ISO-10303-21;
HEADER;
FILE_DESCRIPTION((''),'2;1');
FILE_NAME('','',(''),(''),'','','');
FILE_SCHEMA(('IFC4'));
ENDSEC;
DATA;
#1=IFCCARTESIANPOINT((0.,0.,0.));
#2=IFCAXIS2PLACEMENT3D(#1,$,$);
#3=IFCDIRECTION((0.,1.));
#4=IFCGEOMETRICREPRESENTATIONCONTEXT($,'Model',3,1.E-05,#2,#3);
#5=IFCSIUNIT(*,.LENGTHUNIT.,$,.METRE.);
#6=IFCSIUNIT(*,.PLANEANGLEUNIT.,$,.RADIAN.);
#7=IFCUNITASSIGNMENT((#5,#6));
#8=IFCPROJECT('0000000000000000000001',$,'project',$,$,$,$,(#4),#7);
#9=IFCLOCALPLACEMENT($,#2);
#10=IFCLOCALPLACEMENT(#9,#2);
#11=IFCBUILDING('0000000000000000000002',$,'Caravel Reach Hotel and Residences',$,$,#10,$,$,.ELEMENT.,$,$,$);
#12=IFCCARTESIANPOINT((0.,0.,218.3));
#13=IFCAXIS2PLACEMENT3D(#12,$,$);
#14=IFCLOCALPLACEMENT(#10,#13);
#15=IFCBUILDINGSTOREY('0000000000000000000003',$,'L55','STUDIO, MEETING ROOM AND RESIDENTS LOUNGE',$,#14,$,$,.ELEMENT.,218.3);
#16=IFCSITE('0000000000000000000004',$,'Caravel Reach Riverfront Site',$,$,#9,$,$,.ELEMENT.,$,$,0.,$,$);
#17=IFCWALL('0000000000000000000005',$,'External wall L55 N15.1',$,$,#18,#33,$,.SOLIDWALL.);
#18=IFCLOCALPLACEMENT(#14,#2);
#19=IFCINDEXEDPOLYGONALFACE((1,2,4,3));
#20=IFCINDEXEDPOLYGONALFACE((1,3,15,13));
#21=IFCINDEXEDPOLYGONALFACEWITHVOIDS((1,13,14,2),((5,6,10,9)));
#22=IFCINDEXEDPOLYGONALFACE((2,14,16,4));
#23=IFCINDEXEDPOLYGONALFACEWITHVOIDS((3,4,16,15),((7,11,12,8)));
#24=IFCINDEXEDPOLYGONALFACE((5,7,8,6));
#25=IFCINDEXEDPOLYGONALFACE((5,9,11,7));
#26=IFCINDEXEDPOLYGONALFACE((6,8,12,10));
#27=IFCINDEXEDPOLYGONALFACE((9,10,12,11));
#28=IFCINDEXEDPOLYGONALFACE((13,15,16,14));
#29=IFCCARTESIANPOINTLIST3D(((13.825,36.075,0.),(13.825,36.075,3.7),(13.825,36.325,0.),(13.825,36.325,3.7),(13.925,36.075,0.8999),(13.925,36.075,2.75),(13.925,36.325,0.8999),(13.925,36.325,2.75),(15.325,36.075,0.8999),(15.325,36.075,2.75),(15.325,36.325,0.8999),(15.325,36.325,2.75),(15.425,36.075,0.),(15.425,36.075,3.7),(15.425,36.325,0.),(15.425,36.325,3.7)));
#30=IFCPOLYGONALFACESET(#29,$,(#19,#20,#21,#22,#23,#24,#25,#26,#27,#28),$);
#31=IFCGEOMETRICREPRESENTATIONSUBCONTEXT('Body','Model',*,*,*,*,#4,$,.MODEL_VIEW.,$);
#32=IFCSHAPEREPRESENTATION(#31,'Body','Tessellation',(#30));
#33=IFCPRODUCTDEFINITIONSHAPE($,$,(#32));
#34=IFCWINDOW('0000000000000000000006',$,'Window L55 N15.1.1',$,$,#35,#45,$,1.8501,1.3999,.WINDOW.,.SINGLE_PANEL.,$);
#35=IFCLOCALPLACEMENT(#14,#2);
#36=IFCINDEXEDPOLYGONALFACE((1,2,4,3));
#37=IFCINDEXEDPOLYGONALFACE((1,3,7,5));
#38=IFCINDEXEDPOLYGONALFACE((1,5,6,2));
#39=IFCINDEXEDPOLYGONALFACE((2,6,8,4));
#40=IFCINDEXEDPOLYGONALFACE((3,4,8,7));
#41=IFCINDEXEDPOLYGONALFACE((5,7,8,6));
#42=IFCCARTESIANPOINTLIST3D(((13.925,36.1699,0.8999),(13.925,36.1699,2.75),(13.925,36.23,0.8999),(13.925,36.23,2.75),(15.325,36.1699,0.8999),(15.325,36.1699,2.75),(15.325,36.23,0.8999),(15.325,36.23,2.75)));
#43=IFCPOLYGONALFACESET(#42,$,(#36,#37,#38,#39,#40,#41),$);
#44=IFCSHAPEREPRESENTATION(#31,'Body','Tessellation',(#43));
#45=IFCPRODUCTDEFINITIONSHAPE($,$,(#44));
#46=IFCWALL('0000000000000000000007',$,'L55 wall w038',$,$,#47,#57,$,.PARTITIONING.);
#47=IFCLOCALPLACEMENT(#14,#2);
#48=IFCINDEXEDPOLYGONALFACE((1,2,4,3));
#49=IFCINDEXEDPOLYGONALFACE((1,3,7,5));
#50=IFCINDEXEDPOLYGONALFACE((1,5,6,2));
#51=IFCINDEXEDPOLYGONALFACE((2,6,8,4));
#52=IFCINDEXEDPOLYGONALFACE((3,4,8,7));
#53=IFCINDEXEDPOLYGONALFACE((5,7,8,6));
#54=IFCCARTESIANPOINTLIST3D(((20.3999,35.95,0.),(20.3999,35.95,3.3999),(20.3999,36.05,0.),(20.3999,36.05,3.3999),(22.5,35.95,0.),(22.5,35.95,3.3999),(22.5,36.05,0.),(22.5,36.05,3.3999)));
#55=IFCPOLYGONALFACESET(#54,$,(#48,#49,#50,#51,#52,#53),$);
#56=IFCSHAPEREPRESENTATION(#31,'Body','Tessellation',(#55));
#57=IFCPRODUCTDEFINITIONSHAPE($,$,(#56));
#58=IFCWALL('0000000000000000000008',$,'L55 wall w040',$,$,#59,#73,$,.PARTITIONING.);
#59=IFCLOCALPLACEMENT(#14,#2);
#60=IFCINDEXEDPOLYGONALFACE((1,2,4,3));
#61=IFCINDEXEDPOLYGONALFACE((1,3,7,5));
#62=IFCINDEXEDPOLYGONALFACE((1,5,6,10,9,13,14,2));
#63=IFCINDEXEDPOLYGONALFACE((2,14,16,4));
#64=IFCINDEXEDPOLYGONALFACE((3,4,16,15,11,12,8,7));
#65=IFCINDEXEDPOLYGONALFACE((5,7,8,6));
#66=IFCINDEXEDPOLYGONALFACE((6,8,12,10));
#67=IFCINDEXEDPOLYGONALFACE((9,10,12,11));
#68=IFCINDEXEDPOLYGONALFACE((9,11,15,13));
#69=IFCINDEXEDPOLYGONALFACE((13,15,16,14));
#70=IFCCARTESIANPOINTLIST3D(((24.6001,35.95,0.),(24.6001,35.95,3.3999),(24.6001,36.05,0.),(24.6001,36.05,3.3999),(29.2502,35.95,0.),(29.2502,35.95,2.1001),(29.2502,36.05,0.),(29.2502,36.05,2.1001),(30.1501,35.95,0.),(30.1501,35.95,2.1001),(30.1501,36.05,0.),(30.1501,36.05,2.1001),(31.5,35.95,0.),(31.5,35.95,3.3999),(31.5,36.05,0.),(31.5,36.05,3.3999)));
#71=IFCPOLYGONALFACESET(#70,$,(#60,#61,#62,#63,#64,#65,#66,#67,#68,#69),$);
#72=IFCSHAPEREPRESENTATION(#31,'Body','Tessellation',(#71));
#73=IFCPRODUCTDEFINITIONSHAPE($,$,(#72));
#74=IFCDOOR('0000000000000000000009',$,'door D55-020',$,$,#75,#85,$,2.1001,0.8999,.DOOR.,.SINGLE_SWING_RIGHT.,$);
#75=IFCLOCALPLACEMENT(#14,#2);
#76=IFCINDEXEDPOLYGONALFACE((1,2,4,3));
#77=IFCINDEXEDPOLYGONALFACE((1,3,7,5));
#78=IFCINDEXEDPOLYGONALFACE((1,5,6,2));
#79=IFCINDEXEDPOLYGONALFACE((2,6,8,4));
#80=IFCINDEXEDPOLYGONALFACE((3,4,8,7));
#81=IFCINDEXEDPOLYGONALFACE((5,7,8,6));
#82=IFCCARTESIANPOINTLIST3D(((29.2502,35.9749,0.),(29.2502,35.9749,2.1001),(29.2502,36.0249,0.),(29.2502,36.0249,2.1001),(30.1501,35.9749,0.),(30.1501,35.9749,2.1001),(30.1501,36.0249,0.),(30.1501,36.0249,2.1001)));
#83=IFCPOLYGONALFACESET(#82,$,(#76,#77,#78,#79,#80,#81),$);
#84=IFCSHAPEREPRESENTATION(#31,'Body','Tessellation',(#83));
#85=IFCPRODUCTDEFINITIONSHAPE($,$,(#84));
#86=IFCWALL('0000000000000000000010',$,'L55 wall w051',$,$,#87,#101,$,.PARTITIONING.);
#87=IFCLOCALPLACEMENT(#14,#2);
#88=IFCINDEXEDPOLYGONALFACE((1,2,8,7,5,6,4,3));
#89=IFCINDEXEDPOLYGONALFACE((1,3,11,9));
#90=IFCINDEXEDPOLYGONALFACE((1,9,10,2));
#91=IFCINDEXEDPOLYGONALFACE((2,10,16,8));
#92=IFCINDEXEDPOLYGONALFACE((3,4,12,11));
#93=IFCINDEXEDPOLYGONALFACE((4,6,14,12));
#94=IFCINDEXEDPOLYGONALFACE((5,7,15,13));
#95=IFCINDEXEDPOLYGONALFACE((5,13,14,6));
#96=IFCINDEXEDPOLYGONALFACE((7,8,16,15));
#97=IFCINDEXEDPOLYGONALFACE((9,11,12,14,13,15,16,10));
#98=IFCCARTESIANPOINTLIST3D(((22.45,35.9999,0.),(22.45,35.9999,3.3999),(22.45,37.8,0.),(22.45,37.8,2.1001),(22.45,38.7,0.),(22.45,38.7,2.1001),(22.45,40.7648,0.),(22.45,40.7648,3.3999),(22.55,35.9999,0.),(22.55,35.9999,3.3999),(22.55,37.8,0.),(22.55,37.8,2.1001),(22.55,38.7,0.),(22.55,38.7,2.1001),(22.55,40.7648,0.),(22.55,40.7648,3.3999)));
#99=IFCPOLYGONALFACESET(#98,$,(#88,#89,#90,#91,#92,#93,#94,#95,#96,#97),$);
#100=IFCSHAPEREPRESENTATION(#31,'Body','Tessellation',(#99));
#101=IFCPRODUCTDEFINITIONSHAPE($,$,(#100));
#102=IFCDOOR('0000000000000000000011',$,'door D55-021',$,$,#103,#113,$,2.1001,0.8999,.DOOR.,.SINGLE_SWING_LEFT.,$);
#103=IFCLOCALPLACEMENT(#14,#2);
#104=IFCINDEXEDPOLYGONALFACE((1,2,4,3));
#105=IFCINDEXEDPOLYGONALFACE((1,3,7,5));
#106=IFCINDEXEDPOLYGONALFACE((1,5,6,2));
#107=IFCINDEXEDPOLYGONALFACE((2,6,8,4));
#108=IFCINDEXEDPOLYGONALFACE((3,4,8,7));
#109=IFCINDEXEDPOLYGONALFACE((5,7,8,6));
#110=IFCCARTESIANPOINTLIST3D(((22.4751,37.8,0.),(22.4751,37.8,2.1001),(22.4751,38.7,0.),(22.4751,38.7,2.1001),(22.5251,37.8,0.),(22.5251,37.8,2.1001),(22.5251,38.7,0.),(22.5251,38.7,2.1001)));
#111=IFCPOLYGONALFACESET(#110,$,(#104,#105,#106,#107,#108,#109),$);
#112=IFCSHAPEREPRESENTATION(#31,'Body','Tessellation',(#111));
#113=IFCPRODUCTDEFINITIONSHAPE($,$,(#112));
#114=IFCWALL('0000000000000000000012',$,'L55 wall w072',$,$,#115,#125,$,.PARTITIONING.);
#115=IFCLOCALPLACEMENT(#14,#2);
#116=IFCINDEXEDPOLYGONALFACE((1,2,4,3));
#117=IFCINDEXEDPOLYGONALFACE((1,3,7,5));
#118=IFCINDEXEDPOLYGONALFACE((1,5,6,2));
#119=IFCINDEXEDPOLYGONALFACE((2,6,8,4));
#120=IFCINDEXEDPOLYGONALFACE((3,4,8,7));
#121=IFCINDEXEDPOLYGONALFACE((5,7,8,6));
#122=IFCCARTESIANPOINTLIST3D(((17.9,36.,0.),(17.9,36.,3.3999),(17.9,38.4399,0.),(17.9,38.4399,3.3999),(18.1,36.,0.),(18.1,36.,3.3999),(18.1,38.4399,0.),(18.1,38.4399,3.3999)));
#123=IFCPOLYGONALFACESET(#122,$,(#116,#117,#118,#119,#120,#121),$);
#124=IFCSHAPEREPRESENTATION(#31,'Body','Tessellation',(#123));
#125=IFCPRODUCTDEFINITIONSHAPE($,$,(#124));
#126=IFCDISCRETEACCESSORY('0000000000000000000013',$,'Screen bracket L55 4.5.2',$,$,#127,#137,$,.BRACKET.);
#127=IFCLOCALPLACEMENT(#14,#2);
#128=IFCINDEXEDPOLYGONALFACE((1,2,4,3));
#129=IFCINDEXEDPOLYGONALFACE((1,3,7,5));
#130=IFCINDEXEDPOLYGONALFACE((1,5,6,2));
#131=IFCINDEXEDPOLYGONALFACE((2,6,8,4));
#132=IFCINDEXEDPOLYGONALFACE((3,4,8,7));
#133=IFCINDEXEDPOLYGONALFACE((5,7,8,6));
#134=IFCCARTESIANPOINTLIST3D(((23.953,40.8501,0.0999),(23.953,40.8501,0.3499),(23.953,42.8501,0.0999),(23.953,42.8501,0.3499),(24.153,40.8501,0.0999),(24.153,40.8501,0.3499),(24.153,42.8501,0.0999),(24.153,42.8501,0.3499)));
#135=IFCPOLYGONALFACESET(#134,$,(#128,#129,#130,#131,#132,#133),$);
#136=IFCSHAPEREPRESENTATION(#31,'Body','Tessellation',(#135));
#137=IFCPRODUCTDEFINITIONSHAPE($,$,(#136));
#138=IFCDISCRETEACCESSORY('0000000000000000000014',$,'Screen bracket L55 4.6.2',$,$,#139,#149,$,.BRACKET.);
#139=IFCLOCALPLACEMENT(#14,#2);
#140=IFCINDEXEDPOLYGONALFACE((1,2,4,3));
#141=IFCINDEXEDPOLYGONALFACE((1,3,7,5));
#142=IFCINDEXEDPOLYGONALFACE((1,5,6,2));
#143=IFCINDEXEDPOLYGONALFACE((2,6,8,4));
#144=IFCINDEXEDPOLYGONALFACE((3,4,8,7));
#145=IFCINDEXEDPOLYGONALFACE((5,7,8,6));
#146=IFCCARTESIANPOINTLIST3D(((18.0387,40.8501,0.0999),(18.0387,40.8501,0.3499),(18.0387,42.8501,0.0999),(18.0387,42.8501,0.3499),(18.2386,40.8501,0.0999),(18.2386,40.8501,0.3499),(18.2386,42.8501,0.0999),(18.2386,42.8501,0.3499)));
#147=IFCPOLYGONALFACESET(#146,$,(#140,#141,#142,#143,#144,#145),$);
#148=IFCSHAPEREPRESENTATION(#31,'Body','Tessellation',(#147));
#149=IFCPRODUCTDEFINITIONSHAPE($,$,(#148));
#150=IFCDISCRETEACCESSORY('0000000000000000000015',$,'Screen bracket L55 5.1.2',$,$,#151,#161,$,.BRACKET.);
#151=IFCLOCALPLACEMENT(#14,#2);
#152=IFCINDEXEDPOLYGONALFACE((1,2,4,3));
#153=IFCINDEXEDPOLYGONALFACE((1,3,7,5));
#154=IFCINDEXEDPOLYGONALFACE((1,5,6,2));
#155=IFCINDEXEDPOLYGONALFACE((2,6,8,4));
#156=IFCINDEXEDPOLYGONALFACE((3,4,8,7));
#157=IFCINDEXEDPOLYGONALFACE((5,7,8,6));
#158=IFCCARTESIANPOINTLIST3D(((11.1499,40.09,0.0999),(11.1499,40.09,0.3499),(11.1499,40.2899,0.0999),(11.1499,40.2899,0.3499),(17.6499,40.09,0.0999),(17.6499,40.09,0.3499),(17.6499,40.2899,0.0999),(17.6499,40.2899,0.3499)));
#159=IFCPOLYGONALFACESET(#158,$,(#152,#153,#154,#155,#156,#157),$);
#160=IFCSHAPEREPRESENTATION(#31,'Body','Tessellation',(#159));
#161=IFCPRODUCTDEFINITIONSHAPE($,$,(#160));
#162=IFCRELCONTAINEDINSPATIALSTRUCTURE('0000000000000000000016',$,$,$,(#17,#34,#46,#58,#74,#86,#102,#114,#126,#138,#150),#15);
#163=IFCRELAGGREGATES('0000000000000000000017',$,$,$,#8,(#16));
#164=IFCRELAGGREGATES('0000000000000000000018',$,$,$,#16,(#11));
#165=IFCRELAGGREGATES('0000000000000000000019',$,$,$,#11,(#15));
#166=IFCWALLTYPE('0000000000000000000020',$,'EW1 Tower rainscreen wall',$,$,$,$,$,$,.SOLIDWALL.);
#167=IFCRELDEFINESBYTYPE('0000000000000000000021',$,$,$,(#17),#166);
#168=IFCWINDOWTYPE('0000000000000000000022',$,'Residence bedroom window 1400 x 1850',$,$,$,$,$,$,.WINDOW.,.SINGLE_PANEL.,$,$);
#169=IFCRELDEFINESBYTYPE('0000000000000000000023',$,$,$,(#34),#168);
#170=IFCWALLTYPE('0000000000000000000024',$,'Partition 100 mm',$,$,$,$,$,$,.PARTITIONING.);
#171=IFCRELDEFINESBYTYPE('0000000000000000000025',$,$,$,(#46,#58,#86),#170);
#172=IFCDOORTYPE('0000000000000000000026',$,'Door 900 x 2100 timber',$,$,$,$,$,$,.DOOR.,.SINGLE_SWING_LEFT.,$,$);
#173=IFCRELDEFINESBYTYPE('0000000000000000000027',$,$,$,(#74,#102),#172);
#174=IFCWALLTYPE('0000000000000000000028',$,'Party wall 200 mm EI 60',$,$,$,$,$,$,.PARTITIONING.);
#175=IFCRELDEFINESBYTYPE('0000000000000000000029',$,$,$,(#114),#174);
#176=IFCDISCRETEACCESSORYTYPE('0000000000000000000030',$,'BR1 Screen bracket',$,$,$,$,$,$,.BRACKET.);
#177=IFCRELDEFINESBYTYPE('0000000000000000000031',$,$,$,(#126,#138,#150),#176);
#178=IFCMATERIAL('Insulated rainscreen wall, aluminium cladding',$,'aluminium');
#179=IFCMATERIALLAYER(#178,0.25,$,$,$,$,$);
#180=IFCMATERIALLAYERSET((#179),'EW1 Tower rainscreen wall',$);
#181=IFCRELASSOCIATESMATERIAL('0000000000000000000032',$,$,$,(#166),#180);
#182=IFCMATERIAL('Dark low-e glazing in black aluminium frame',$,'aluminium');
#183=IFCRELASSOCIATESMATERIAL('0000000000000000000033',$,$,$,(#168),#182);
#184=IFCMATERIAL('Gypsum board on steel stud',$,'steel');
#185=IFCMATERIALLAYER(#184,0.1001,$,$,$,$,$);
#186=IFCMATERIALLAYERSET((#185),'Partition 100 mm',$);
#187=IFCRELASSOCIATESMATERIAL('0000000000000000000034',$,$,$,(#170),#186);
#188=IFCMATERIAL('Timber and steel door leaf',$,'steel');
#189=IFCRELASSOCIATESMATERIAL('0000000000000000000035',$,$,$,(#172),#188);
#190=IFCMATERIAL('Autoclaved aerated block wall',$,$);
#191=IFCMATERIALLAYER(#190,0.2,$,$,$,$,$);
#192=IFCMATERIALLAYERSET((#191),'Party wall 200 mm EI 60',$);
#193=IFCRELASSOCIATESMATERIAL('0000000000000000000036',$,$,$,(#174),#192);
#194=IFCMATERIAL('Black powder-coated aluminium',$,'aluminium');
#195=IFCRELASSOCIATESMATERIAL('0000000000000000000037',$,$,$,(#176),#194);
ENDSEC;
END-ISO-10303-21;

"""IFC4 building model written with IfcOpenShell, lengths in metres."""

from ifc_helpers import new_model, si_unit, direction, frame, frame_2d, origin, origin_2d, place, context, subcontext, project, spatial, rectangle, extrude, material, layer, layer_set, type_object, element, fill, save


model = new_model("IFC4")

# Units and contexts
model_context = context("Model", 3, precision=1e-05, world=origin(), true_north=direction((0.0, 1.0)))
body_context = subcontext(model_context, "Body", "Model", "MODEL_VIEW")
ifc_project = project(units=[si_unit("LENGTHUNIT", "METRE"), si_unit("PLANEANGLEUNIT", "RADIAN")], contexts=[model_context])

# Site, building, storey
site_placement = place(None, origin())
site = spatial("IfcSite", under=ifc_project, at=site_placement, Name="Caravel Reach Riverfront Site", CompositionType="ELEMENT", RefElevation=0.0)
building_placement = place(site_placement, origin())
building = spatial("IfcBuilding", under=site, at=building_placement, Name="Caravel Reach Hotel and Residences", CompositionType="ELEMENT")
storey_placement = place(building_placement, frame((0.0, 0.0, 218.3)))
storey = spatial("IfcBuildingStorey", under=building, at=storey_placement, Name="L55", Description="STUDIO, MEETING ROOM AND RESIDENTS LOUNGE", CompositionType="ELEMENT", Elevation=218.3)

# Wall, opening, window
ifc_material_1 = material(Name="Insulated rainscreen wall, aluminium cladding", Category="aluminium")
ifc_layer_1 = layer(ifc_material_1, 0.25)
ifc_layer_set_1 = layer_set([ifc_layer_1], Name="EW1 Tower rainscreen wall")
wall_type_1 = type_object("IfcWallType", Name="EW1 Tower rainscreen wall", PredefinedType="SOLIDWALL", material=ifc_layer_set_1)
ifc_material_2 = material(Name="Dark low-e glazing in black aluminium frame", Category="aluminium")
window_type = type_object("IfcWindowType", Name="Residence bedroom window 1400 x 1850", PartitioningType="SINGLE_PANEL", PredefinedType="WINDOW", material=ifc_material_2)
wall_1_placement = place(storey_placement, frame((15.425, 36.2, 0.0), z_axis=(0.0, 0.0, 1.0), x_axis=(-1.0, 0.0, 0.0)))
wall_1 = element("IfcWall", 1, at=wall_1_placement, inside=storey, type_object=wall_type_1, Name="External wall L55 N15.1", PredefinedType="SOLIDWALL", context=body_context, shape_type="SweptSolid", body=[
    extrude(rectangle(XDim=1.6001, YDim=0.25, at=frame_2d((0.8, 0.0))), origin(), (0.0, 0.0, 1.0), 3.7),
])
opening_1_placement = place(wall_1_placement, frame((0.1001, 0.0, 0.8999)))
opening_1 = element("IfcOpeningElement", 2, at=opening_1_placement, cuts=wall_1, PredefinedType="OPENING", context=body_context, shape_type="SweptSolid", body=[
    extrude(rectangle(XDim=1.3999, YDim=1.8501, at=frame_2d((0.7, 0.925))), frame((0.0, 0.135, 0.0), z_axis=(0.0, -1.0, 0.0), x_axis=(1.0, 0.0, 0.0)), (0.0, 0.0, 1.0), 0.27),
])
window_1_placement = place(opening_1_placement, origin())
window_1 = element("IfcWindow", 3, at=window_1_placement, inside=storey, type_object=window_type, Name="Window L55 N15.1.1", OverallHeight=1.8501, OverallWidth=1.3999, PartitioningType="SINGLE_PANEL", PredefinedType="WINDOW", context=body_context, shape_type="SweptSolid", body=[
    extrude(rectangle(XDim=1.3999, YDim=1.8501, at=frame_2d((0.7, 0.925))), frame((0.0, 0.03, 0.0), z_axis=(0.0, -1.0, 0.0), x_axis=(1.0, 0.0, 0.0)), (0.0, 0.0, 1.0), 0.0601),
])
fill(opening_1, window_1)

# Wall
ifc_material_3 = material(Name="Gypsum board on steel stud", Category="steel")
ifc_layer_2 = layer(ifc_material_3, 0.1001)
ifc_layer_set_2 = layer_set([ifc_layer_2], Name="Partition 100 mm")
wall_type_2 = type_object("IfcWallType", Name="Partition 100 mm", PredefinedType="PARTITIONING", material=ifc_layer_set_2)
wall_2_placement = place(storey_placement, frame((20.3999, 36.0, 0.0), z_axis=(0.0, 0.0, 1.0), x_axis=(1.0, 0.0, 0.0)))
element("IfcWall", 4, at=wall_2_placement, inside=storey, type_object=wall_type_2, Name="L55 wall w038", PredefinedType="PARTITIONING", context=body_context, shape_type="SweptSolid", body=[
    extrude(rectangle(XDim=2.1001, YDim=0.1001, at=frame_2d((1.05, 0.0))), origin(), (0.0, 0.0, 1.0), 3.3999),
])

# Walls, openings, doors
wall_3_placement = place(storey_placement, frame((24.6001, 36.0, 0.0), z_axis=(0.0, 0.0, 1.0), x_axis=(1.0, 0.0, 0.0)))
wall_3 = element("IfcWall", 5, at=wall_3_placement, inside=storey, type_object=wall_type_2, Name="L55 wall w040", PredefinedType="PARTITIONING", context=body_context, shape_type="SweptSolid", body=[
    extrude(rectangle(XDim=6.8999, YDim=0.1001, at=frame_2d((3.45, 0.0))), origin(), (0.0, 0.0, 1.0), 3.3999),
])
opening_2_placement = place(wall_3_placement, frame((4.6501, 0.0, 0.0)))
opening_2 = element("IfcOpeningElement", 6, at=opening_2_placement, cuts=wall_3, PredefinedType="OPENING", context=body_context, shape_type="SweptSolid", body=[
    extrude(rectangle(XDim=0.8999, YDim=2.1001, at=frame_2d((0.45, 1.05))), frame((0.0, 0.0601, 0.0), z_axis=(0.0, -1.0, 0.0), x_axis=(1.0, 0.0, 0.0)), (0.0, 0.0, 1.0), 0.1201),
])
ifc_material_4 = material(Name="Timber and steel door leaf", Category="steel")
door_type = type_object("IfcDoorType", Name="Door 900 x 2100 timber", OperationType="SINGLE_SWING_LEFT", PredefinedType="DOOR", material=ifc_material_4)
door_1_placement = place(opening_2_placement, origin())
door_1 = element("IfcDoor", 7, at=door_1_placement, inside=storey, type_object=door_type, Name="door D55-020", OperationType="SINGLE_SWING_RIGHT", OverallHeight=2.1001, OverallWidth=0.8999, PredefinedType="DOOR", context=body_context, shape_type="SweptSolid", body=[
    extrude(rectangle(XDim=0.8999, YDim=2.1001, at=frame_2d((0.45, 1.05))), frame((0.0, 0.0249, 0.0), z_axis=(0.0, -1.0, 0.0), x_axis=(1.0, 0.0, 0.0)), (0.0, 0.0, 1.0), 0.05),
])
fill(opening_2, door_1)
wall_4_placement = place(storey_placement, frame((22.5, 36.0, 0.0), z_axis=(0.0, 0.0, 1.0), x_axis=(0.0, 1.0, 0.0)))
wall_4 = element("IfcWall", 8, at=wall_4_placement, inside=storey, type_object=wall_type_2, Name="L55 wall w051", PredefinedType="PARTITIONING", context=body_context, shape_type="SweptSolid", body=[
    extrude(rectangle(XDim=4.7649, YDim=0.1001, at=frame_2d((2.3823, 0.0))), origin(), (0.0, 0.0, 1.0), 3.3999),
])
opening_3_placement = place(wall_4_placement, frame((1.8, 0.0, 0.0)))
opening_3 = element("IfcOpeningElement", 9, at=opening_3_placement, cuts=wall_4, PredefinedType="OPENING", context=body_context, shape_type="SweptSolid", body=[
    extrude(rectangle(XDim=0.8999, YDim=2.1001, at=frame_2d((0.45, 1.05))), frame((0.0, 0.0601, 0.0), z_axis=(0.0, -1.0, 0.0), x_axis=(1.0, 0.0, 0.0)), (0.0, 0.0, 1.0), 0.1201),
])
door_2_placement = place(opening_3_placement, origin())
door_2 = element("IfcDoor", 10, at=door_2_placement, inside=storey, type_object=door_type, Name="door D55-021", OperationType="SINGLE_SWING_LEFT", OverallHeight=2.1001, OverallWidth=0.8999, PredefinedType="DOOR", context=body_context, shape_type="SweptSolid", body=[
    extrude(rectangle(XDim=0.8999, YDim=2.1001, at=frame_2d((0.45, 1.05))), frame((0.0, 0.0249, 0.0), z_axis=(0.0, -1.0, 0.0), x_axis=(1.0, 0.0, 0.0)), (0.0, 0.0, 1.0), 0.05),
])
fill(opening_3, door_2)

# Wall
ifc_material_5 = material(Name="Autoclaved aerated block wall")
ifc_layer_3 = layer(ifc_material_5, 0.2)
ifc_layer_set_3 = layer_set([ifc_layer_3], Name="Party wall 200 mm EI 60")
wall_type_3 = type_object("IfcWallType", Name="Party wall 200 mm EI 60", PredefinedType="PARTITIONING", material=ifc_layer_set_3)
wall_5_placement = place(storey_placement, frame((18.0, 36.0, 0.0), z_axis=(0.0, 0.0, 1.0), x_axis=(0.0, 1.0, 0.0)))
element("IfcWall", 11, at=wall_5_placement, inside=storey, type_object=wall_type_3, Name="L55 wall w072", PredefinedType="PARTITIONING", context=body_context, shape_type="SweptSolid", body=[
    extrude(rectangle(XDim=2.4399, YDim=0.2, at=frame_2d((1.22, 0.0))), origin(), (0.0, 0.0, 1.0), 3.3999),
])

# Discrete accessories
ifc_material_6 = material(Name="Black powder-coated aluminium", Category="aluminium")
discrete_accessory_type = type_object("IfcDiscreteAccessoryType", Name="BR1 Screen bracket", PredefinedType="BRACKET", material=ifc_material_6)
for number, where, z_axis, x_axis, name in (
    (12, (24.053, 41.8501, 0.0999), (0.0, 0.0, 1.0), (0.0, 1.0, 0.0), "Screen bracket L55 4.5.2"),
    (13, (18.1387, 41.8501, 0.0999), (0.0, 0.0, 1.0), (0.0, 1.0, 0.0), "Screen bracket L55 4.6.2"),
):
    element("IfcDiscreteAccessory", number, at=place(storey_placement, frame(where, z_axis=z_axis, x_axis=x_axis)), inside=storey, type_object=discrete_accessory_type, Name=name, PredefinedType="BRACKET", context=body_context, shape_type="SweptSolid", body=[
        extrude(rectangle(XDim=2.0, YDim=0.2, at=origin_2d()), origin(), (0.0, 0.0, 1.0), 0.25),
    ])
discrete_accessory_placement = place(storey_placement, frame((14.3999, 40.1899, 0.0999), z_axis=(0.0, 0.0, 1.0), x_axis=(-1.0, 0.0, 0.0)))
element("IfcDiscreteAccessory", 14, at=discrete_accessory_placement, inside=storey, type_object=discrete_accessory_type, Name="Screen bracket L55 5.1.2", PredefinedType="BRACKET", context=body_context, shape_type="SweptSolid", body=[
    extrude(rectangle(XDim=6.5, YDim=0.2, at=origin_2d()), origin(), (0.0, 0.0, 1.0), 0.25),
])

save(model, "model.ifc")
